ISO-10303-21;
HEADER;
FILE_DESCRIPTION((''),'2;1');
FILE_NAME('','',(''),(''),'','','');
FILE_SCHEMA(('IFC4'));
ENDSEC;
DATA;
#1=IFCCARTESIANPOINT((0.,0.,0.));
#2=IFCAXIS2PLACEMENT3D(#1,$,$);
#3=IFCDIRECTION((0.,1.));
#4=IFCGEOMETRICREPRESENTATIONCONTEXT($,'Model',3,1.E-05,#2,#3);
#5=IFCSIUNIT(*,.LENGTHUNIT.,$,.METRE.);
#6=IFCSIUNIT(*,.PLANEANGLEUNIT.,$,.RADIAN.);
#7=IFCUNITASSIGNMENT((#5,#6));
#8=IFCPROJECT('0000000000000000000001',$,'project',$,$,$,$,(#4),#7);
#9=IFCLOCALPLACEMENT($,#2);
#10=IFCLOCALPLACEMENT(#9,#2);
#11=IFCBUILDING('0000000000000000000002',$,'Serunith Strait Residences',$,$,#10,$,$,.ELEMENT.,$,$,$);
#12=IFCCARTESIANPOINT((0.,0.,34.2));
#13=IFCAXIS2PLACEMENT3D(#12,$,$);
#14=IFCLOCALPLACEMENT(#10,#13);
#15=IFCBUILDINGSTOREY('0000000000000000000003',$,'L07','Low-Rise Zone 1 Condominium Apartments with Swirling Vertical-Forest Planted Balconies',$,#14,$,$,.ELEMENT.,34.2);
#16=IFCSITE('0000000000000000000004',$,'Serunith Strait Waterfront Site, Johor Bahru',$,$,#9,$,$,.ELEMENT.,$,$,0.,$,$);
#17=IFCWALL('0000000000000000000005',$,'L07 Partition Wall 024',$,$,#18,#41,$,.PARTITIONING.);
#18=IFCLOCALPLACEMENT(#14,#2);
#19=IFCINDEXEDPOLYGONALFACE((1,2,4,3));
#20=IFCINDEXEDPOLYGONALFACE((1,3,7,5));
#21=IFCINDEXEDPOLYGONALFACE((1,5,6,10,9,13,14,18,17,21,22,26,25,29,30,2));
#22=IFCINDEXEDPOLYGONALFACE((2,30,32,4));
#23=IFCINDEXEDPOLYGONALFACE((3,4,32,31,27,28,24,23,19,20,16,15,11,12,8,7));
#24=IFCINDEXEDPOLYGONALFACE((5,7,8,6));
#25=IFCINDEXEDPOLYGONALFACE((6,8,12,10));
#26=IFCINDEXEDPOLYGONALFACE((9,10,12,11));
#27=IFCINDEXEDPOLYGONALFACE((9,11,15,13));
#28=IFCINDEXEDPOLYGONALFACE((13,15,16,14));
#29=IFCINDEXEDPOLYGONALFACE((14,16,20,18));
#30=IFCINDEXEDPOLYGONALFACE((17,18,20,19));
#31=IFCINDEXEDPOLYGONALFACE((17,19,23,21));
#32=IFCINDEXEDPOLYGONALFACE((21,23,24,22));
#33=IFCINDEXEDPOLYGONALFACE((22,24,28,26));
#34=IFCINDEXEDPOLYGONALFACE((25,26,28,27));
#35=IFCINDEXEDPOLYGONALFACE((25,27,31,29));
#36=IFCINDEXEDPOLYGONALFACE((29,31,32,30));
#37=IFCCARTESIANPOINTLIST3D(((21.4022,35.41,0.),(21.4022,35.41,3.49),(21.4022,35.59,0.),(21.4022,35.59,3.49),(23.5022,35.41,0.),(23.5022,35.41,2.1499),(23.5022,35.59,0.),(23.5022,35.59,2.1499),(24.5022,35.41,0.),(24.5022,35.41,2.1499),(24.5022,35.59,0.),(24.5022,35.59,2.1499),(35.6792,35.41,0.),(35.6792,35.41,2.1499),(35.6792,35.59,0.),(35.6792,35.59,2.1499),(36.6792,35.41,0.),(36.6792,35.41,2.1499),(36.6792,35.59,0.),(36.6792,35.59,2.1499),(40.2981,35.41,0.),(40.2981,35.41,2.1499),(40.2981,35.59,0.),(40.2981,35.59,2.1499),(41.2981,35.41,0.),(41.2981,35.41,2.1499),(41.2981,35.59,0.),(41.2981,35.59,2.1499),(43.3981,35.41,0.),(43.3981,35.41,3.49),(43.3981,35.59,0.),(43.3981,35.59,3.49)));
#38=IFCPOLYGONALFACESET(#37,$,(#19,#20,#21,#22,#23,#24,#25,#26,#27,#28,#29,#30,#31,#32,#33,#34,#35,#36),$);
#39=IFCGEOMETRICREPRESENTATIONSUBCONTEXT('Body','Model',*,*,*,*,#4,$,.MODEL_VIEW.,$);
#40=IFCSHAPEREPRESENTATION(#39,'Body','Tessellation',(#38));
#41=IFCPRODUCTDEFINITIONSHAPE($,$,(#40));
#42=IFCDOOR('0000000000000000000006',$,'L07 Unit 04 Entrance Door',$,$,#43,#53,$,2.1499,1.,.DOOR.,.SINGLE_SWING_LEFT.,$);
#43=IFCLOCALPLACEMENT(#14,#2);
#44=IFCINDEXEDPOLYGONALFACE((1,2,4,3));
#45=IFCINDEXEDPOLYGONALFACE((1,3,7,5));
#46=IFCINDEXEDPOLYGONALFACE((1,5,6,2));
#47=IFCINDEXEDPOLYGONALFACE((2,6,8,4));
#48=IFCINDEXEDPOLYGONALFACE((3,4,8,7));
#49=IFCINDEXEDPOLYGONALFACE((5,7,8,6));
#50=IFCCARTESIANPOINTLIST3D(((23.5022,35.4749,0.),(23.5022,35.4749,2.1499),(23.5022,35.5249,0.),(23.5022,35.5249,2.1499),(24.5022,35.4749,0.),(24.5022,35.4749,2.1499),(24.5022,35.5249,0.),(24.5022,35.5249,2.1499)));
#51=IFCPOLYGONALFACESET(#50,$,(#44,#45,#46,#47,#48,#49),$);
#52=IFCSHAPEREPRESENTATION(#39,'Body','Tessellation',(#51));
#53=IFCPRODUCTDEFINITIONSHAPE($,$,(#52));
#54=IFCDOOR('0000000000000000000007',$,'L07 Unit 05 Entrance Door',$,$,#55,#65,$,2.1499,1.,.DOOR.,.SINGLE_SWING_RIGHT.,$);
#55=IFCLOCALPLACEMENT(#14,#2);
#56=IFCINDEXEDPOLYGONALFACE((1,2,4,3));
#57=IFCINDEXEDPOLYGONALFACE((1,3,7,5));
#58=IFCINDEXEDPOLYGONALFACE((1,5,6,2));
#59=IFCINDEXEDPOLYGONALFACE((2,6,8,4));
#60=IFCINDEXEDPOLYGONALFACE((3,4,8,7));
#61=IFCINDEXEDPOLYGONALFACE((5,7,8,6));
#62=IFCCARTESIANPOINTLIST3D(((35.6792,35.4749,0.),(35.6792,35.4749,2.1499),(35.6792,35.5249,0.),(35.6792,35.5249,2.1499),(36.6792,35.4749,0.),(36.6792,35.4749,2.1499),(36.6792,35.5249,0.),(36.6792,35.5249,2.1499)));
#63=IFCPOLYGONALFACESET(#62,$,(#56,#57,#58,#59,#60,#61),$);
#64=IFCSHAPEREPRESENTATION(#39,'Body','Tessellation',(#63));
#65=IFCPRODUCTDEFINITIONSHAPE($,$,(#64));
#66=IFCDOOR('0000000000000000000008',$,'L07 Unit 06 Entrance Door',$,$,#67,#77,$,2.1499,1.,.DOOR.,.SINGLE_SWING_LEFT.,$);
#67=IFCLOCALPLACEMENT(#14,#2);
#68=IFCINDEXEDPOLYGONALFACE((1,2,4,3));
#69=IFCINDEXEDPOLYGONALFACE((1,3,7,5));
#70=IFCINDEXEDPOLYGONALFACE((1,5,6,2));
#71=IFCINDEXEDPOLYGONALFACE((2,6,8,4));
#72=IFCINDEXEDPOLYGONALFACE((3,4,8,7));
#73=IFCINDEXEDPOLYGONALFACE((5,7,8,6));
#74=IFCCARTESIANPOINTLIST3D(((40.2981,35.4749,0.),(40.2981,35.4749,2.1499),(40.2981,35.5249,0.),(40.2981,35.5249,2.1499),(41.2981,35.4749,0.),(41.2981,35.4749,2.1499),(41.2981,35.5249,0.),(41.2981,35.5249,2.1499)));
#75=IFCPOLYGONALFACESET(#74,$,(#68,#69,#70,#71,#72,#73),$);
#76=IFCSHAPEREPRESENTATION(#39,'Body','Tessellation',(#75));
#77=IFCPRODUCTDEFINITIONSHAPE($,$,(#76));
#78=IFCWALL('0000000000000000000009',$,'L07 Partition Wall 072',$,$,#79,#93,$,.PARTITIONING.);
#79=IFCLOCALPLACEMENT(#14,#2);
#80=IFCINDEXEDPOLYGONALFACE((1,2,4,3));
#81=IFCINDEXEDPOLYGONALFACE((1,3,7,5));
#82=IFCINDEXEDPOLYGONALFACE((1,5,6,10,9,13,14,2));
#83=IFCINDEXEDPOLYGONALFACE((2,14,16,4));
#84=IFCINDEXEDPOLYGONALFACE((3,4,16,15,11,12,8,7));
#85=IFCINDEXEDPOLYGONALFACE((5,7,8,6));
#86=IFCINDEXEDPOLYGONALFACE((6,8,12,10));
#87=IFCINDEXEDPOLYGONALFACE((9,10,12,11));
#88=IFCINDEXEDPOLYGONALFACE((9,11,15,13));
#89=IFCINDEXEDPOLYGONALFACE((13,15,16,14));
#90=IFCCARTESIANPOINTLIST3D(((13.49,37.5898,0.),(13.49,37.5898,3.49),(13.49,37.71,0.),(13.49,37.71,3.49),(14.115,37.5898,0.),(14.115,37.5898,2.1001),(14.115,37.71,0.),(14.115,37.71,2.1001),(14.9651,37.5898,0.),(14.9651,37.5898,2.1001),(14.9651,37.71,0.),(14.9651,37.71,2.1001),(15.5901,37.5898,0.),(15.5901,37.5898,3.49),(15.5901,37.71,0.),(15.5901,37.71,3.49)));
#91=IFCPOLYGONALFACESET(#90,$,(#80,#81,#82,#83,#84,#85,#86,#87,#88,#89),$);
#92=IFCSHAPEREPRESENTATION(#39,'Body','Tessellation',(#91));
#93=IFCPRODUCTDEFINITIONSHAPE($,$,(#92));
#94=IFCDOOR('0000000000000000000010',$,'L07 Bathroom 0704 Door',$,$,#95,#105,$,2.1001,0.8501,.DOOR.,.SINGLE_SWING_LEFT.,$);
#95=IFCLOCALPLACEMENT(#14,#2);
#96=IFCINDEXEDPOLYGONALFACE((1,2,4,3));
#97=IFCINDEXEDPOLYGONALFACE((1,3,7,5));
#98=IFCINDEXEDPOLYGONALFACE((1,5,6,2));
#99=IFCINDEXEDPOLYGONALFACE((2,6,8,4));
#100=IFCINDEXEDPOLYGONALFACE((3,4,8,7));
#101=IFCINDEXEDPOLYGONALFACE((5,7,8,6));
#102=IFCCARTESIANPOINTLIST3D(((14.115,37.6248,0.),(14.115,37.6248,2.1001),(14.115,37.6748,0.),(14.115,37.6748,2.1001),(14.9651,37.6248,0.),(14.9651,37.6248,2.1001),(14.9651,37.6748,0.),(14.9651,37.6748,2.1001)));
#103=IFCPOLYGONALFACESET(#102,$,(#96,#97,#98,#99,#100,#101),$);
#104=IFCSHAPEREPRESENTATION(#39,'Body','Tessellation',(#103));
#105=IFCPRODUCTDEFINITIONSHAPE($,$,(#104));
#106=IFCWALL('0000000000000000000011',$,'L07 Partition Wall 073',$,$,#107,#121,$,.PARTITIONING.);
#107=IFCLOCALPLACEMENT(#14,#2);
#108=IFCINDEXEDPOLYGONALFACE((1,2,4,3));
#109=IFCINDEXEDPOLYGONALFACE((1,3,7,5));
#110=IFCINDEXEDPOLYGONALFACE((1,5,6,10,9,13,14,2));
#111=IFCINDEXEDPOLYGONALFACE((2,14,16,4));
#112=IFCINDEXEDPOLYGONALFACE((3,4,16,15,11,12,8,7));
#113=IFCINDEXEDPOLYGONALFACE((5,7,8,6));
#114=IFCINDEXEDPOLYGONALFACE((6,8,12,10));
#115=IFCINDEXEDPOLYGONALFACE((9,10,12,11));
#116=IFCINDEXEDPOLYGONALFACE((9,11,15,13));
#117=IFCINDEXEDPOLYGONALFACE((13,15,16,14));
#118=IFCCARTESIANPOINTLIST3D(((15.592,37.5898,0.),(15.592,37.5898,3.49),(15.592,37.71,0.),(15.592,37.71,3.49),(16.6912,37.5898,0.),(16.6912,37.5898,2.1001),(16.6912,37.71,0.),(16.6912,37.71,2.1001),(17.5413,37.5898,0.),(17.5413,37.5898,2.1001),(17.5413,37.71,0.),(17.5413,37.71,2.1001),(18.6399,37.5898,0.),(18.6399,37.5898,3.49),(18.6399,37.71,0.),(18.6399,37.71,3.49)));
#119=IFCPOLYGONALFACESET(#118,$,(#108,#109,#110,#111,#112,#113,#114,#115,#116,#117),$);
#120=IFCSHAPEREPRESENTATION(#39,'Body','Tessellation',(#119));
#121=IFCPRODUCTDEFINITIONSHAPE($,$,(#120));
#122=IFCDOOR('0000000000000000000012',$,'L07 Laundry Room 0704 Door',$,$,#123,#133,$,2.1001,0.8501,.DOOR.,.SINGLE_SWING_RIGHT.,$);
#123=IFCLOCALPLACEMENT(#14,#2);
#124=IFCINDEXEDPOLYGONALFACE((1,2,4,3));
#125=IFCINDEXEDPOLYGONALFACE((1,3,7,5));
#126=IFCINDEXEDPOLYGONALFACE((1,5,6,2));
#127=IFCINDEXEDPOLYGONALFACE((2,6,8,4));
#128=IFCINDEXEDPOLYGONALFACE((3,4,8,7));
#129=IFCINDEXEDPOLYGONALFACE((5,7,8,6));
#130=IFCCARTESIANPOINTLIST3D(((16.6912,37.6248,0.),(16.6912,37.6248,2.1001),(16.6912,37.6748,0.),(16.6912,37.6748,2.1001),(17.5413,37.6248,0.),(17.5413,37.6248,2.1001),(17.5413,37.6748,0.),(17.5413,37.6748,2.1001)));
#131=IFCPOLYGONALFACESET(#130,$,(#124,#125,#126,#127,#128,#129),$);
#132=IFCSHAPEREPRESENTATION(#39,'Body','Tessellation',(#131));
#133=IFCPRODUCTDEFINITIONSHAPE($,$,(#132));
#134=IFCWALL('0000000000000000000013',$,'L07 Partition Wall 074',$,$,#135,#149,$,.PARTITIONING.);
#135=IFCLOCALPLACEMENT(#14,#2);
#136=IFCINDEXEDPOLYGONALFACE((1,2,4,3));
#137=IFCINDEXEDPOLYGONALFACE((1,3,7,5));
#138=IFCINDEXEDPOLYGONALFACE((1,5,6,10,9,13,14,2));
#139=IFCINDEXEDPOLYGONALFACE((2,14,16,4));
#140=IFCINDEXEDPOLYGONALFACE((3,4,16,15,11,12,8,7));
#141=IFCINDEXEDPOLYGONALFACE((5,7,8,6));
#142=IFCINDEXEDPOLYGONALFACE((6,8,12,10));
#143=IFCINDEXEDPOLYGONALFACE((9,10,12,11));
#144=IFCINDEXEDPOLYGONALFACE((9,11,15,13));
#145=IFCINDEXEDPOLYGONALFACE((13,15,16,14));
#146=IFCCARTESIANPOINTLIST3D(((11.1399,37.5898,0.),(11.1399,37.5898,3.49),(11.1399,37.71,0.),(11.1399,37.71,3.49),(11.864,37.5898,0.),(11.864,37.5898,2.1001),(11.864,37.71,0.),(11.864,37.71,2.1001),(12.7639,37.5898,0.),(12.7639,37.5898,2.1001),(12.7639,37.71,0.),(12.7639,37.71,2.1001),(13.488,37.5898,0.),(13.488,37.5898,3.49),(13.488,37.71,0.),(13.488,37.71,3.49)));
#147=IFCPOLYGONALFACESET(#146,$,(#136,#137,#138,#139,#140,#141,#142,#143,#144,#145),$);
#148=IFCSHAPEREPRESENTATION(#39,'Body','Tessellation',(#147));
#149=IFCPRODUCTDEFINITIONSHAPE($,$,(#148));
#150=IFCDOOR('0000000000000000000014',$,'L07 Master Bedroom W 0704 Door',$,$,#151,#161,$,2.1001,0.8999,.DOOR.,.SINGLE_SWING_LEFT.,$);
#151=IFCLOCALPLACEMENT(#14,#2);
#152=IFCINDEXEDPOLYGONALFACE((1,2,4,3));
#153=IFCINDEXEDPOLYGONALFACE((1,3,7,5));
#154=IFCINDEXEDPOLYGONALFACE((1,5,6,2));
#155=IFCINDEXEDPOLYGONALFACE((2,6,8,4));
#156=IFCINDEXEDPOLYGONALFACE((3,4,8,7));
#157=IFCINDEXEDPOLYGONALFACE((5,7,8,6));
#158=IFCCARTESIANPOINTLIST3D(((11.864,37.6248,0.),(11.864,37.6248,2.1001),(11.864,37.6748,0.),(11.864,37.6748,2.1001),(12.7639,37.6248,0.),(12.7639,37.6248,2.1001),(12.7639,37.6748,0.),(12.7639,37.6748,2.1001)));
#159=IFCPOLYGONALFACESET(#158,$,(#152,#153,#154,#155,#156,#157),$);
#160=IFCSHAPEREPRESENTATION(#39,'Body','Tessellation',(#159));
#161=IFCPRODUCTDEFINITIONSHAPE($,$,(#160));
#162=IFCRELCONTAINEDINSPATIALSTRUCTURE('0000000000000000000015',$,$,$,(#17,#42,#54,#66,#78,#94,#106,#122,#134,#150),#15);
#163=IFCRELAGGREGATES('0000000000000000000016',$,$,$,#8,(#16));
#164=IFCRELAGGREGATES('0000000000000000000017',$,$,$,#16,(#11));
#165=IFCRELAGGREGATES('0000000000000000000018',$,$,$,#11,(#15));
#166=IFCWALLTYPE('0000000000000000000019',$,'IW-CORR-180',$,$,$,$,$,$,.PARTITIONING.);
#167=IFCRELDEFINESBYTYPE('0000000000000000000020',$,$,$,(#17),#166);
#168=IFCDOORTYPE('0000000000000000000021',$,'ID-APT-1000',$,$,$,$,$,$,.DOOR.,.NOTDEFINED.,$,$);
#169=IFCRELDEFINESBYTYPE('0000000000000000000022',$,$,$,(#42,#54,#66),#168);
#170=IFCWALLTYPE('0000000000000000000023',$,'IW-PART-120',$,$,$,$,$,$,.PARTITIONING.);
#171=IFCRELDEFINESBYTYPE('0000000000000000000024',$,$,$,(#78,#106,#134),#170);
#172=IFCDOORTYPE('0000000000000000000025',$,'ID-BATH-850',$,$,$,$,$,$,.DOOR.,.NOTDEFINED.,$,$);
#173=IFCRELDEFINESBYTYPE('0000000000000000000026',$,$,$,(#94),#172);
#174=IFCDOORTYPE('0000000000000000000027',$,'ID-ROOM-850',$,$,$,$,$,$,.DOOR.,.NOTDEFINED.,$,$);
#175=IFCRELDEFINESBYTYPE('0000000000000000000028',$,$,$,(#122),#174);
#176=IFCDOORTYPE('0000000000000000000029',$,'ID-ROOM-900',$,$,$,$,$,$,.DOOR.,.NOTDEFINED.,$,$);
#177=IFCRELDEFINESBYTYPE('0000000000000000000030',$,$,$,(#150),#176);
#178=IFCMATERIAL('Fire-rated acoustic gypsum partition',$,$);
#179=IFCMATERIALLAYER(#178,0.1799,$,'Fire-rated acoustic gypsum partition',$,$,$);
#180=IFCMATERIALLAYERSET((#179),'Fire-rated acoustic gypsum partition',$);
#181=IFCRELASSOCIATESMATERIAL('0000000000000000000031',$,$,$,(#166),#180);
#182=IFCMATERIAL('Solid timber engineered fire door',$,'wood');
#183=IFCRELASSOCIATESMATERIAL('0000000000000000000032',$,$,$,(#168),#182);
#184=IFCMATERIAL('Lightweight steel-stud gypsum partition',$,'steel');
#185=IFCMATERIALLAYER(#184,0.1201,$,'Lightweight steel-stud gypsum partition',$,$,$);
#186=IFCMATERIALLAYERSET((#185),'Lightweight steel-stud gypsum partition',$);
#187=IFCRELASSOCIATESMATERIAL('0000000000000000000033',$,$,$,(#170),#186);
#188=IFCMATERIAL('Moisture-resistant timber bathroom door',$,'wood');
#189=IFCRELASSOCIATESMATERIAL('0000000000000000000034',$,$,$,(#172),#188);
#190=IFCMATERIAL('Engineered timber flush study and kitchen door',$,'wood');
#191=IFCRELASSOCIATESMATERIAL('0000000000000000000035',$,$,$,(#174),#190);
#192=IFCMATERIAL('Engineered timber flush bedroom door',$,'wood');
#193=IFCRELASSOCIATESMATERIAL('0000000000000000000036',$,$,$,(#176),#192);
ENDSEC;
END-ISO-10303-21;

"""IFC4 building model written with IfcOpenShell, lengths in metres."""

from ifc_helpers import new_model, si_unit, direction, frame, frame_2d, origin, place, context, subcontext, project, spatial, rectangle, extrude, source, transform, mapped, material, layer, layer_set, type_object, element, fill, save


model = new_model("IFC4")

# Units and contexts
model_context = context("Model", 3, precision=1e-05, world=origin(), true_north=direction((0.0, 1.0)))
body_context = subcontext(model_context, "Body", "Model", "MODEL_VIEW")
ifc_project = project(units=[si_unit("LENGTHUNIT", "METRE"), si_unit("PLANEANGLEUNIT", "RADIAN")], contexts=[model_context])

# Site, building, storey
site_placement = place(None, origin())
site = spatial("IfcSite", under=ifc_project, at=site_placement, Name="Serunith Strait Waterfront Site, Johor Bahru", CompositionType="ELEMENT", RefElevation=0.0)
building_placement = place(site_placement, origin())
building = spatial("IfcBuilding", under=site, at=building_placement, Name="Serunith Strait Residences", CompositionType="ELEMENT")
storey_placement = place(building_placement, frame((0.0, 0.0, 34.2)))
storey = spatial("IfcBuildingStorey", under=building, at=storey_placement, Name="L07", Description="Low-Rise Zone 1 Condominium Apartments with Swirling Vertical-Forest Planted Balconies", CompositionType="ELEMENT", Elevation=34.2)

# Wall, openings, doors
ifc_material_1 = material(Name="Fire-rated acoustic gypsum partition")
ifc_layer_1 = layer(ifc_material_1, 0.1799, Name="Fire-rated acoustic gypsum partition")
ifc_layer_set_1 = layer_set([ifc_layer_1], Name="Fire-rated acoustic gypsum partition")
wall_type_1 = type_object("IfcWallType", Name="IW-CORR-180", PredefinedType="PARTITIONING", material=ifc_layer_set_1)
wall_1_placement = place(storey_placement, frame((21.4021, 35.5, 0.0), z_axis=(0.0, 0.0, 1.0), x_axis=(1.0, 0.0, 0.0)))
wall_1 = element("IfcWall", 1, at=wall_1_placement, inside=storey, type_object=wall_type_1, Name="L07 Partition Wall 024", PredefinedType="PARTITIONING", context=body_context, shape_type="SweptSolid", body=[
    extrude(rectangle(XDim=21.9958, YDim=0.1799, at=frame_2d((10.998, 0.0))), origin(), (0.0, 0.0, 1.0), 3.49),
])
opening_1_placement = place(wall_1_placement, frame((2.1001, 0.0, 0.0)))
opening_1 = element("IfcOpeningElement", 2, at=opening_1_placement, cuts=wall_1, PredefinedType="OPENING", context=body_context, shape_type="SweptSolid", body=[
    extrude(rectangle(XDim=1.0, YDim=2.1499, at=frame_2d((0.5, 1.075))), frame((0.0, 0.1001, 0.0), z_axis=(0.0, -1.0, 0.0), x_axis=(1.0, 0.0, 0.0)), (0.0, 0.0, 1.0), 0.2),
])
opening_2_placement = place(wall_1_placement, frame((14.2771, 0.0, 0.0)))
opening_2 = element("IfcOpeningElement", 3, at=opening_2_placement, cuts=wall_1, PredefinedType="OPENING", context=body_context, shape_type="SweptSolid", body=[
    extrude(rectangle(XDim=1.0, YDim=2.1499, at=frame_2d((0.5, 1.075))), frame((0.0, 0.1001, 0.0), z_axis=(0.0, -1.0, 0.0), x_axis=(1.0, 0.0, 0.0)), (0.0, 0.0, 1.0), 0.2),
])
opening_3_placement = place(wall_1_placement, frame((18.896, 0.0, 0.0)))
opening_3 = element("IfcOpeningElement", 4, at=opening_3_placement, cuts=wall_1, PredefinedType="OPENING", context=body_context, shape_type="SweptSolid", body=[
    extrude(rectangle(XDim=1.0, YDim=2.1499, at=frame_2d((0.5, 1.075))), frame((0.0, 0.1001, 0.0), z_axis=(0.0, -1.0, 0.0), x_axis=(1.0, 0.0, 0.0)), (0.0, 0.0, 1.0), 0.2),
])
ifc_material_2 = material(Name="Solid timber engineered fire door", Category="wood")
door_type_1 = type_object("IfcDoorType", Name="ID-APT-1000", OperationType="NOTDEFINED", PredefinedType="DOOR", material=ifc_material_2)
shared_shape_1 = source(origin(), body_context, "Body", "SweptSolid", [
    extrude(rectangle(XDim=1.0, YDim=2.1499, at=frame_2d((0.5, 1.075))), frame((0.0, 0.0249, 0.0), z_axis=(0.0, -1.0, 0.0), x_axis=(1.0, 0.0, 0.0)), (0.0, 0.0, 1.0), 0.05),
])
door_1_placement = place(opening_1_placement, origin())
door_1 = element("IfcDoor", 5, at=door_1_placement, inside=storey, type_object=door_type_1, Name="L07 Unit 04 Entrance Door", OperationType="SINGLE_SWING_LEFT", OverallHeight=2.1499, OverallWidth=1.0, PredefinedType="DOOR", context=body_context, shape_type="MappedRepresentation", body=[
    mapped(shared_shape_1, transform((0.0, 0.0, 0.0), scale=1.0)),
])
fill(opening_1, door_1)
door_2_placement = place(opening_2_placement, origin())
door_2 = element("IfcDoor", 6, at=door_2_placement, inside=storey, type_object=door_type_1, Name="L07 Unit 05 Entrance Door", OperationType="SINGLE_SWING_RIGHT", OverallHeight=2.1499, OverallWidth=1.0, PredefinedType="DOOR", context=body_context, shape_type="MappedRepresentation", body=[
    mapped(shared_shape_1, transform((0.0, 0.0, 0.0), scale=1.0)),
])
fill(opening_2, door_2)
door_3_placement = place(opening_3_placement, origin())
door_3 = element("IfcDoor", 7, at=door_3_placement, inside=storey, type_object=door_type_1, Name="L07 Unit 06 Entrance Door", OperationType="SINGLE_SWING_LEFT", OverallHeight=2.1499, OverallWidth=1.0, PredefinedType="DOOR", context=body_context, shape_type="MappedRepresentation", body=[
    mapped(shared_shape_1, transform((0.0, 0.0, 0.0), scale=1.0)),
])
fill(opening_3, door_3)

# Walls, openings, doors
ifc_material_3 = material(Name="Lightweight steel-stud gypsum partition", Category="steel")
ifc_layer_2 = layer(ifc_material_3, 0.1201, Name="Lightweight steel-stud gypsum partition")
ifc_layer_set_2 = layer_set([ifc_layer_2], Name="Lightweight steel-stud gypsum partition")
wall_type_2 = type_object("IfcWallType", Name="IW-PART-120", PredefinedType="PARTITIONING", material=ifc_layer_set_2)
wall_2_placement = place(storey_placement, frame((13.49, 37.6499, 0.0), z_axis=(0.0, 0.0, 1.0), x_axis=(1.0, 0.0, 0.0)))
wall_2 = element("IfcWall", 8, at=wall_2_placement, inside=storey, type_object=wall_type_2, Name="L07 Partition Wall 072", PredefinedType="PARTITIONING", context=body_context, shape_type="SweptSolid", body=[
    extrude(rectangle(XDim=2.1001, YDim=0.1201, at=frame_2d((1.05, 0.0))), origin(), (0.0, 0.0, 1.0), 3.49),
])
opening_4_placement = place(wall_2_placement, frame((0.625, 0.0, 0.0)))
opening_4 = element("IfcOpeningElement", 9, at=opening_4_placement, cuts=wall_2, PredefinedType="OPENING", context=body_context, shape_type="SweptSolid", body=[
    extrude(rectangle(XDim=0.8501, YDim=2.1001, at=frame_2d((0.425, 1.05))), frame((0.0, 0.0701, 0.0), z_axis=(0.0, -1.0, 0.0), x_axis=(1.0, 0.0, 0.0)), (0.0, 0.0, 1.0), 0.1401),
])
ifc_material_4 = material(Name="Moisture-resistant timber bathroom door", Category="wood")
door_type_2 = type_object("IfcDoorType", Name="ID-BATH-850", OperationType="NOTDEFINED", PredefinedType="DOOR", material=ifc_material_4)
shared_shape_2 = source(origin(), body_context, "Body", "SweptSolid", [
    extrude(rectangle(XDim=0.8501, YDim=2.1001, at=frame_2d((0.425, 1.05))), frame((0.0, 0.0249, 0.0), z_axis=(0.0, -1.0, 0.0), x_axis=(1.0, 0.0, 0.0)), (0.0, 0.0, 1.0), 0.05),
])
door_4_placement = place(opening_4_placement, origin())
door_4 = element("IfcDoor", 10, at=door_4_placement, inside=storey, type_object=door_type_2, Name="L07 Bathroom 0704 Door", OperationType="SINGLE_SWING_LEFT", OverallHeight=2.1001, OverallWidth=0.8501, PredefinedType="DOOR", context=body_context, shape_type="MappedRepresentation", body=[
    mapped(shared_shape_2, transform((0.0, 0.0, 0.0), scale=1.0)),
])
fill(opening_4, door_4)
wall_3_placement = place(storey_placement, frame((15.592, 37.6499, 0.0), z_axis=(0.0, 0.0, 1.0), x_axis=(1.0, 0.0, 0.0)))
wall_3 = element("IfcWall", 11, at=wall_3_placement, inside=storey, type_object=wall_type_2, Name="L07 Partition Wall 073", PredefinedType="PARTITIONING", context=body_context, shape_type="SweptSolid", body=[
    extrude(rectangle(XDim=3.0479, YDim=0.1201, at=frame_2d((1.5239, 0.0))), origin(), (0.0, 0.0, 1.0), 3.49),
])
opening_5_placement = place(wall_3_placement, frame((1.0991, 0.0, 0.0)))
opening_5 = element("IfcOpeningElement", 12, at=opening_5_placement, cuts=wall_3, PredefinedType="OPENING", context=body_context, shape_type="SweptSolid", body=[
    extrude(rectangle(XDim=0.8501, YDim=2.1001, at=frame_2d((0.425, 1.05))), frame((0.0, 0.0701, 0.0), z_axis=(0.0, -1.0, 0.0), x_axis=(1.0, 0.0, 0.0)), (0.0, 0.0, 1.0), 0.1401),
])
ifc_material_5 = material(Name="Engineered timber flush study and kitchen door", Category="wood")
door_type_3 = type_object("IfcDoorType", Name="ID-ROOM-850", OperationType="NOTDEFINED", PredefinedType="DOOR", material=ifc_material_5)
door_5_placement = place(opening_5_placement, origin())
door_5 = element("IfcDoor", 13, at=door_5_placement, inside=storey, type_object=door_type_3, Name="L07 Laundry Room 0704 Door", OperationType="SINGLE_SWING_RIGHT", OverallHeight=2.1001, OverallWidth=0.8501, PredefinedType="DOOR", context=body_context, shape_type="MappedRepresentation", body=[
    mapped(shared_shape_2, transform((0.0, 0.0, 0.0), scale=1.0)),
])
fill(opening_5, door_5)
wall_4_placement = place(storey_placement, frame((11.1399, 37.6499, 0.0), z_axis=(0.0, 0.0, 1.0), x_axis=(1.0, 0.0, 0.0)))
wall_4 = element("IfcWall", 14, at=wall_4_placement, inside=storey, type_object=wall_type_2, Name="L07 Partition Wall 074", PredefinedType="PARTITIONING", context=body_context, shape_type="SweptSolid", body=[
    extrude(rectangle(XDim=2.3481, YDim=0.1201, at=frame_2d((1.1741, 0.0))), origin(), (0.0, 0.0, 1.0), 3.49),
])
opening_6_placement = place(wall_4_placement, frame((0.7241, 0.0, 0.0)))
opening_6 = element("IfcOpeningElement", 15, at=opening_6_placement, cuts=wall_4, PredefinedType="OPENING", context=body_context, shape_type="SweptSolid", body=[
    extrude(rectangle(XDim=0.8999, YDim=2.1001, at=frame_2d((0.45, 1.05))), frame((0.0, 0.0701, 0.0), z_axis=(0.0, -1.0, 0.0), x_axis=(1.0, 0.0, 0.0)), (0.0, 0.0, 1.0), 0.1401),
])
ifc_material_6 = material(Name="Engineered timber flush bedroom door", Category="wood")
door_type_4 = type_object("IfcDoorType", Name="ID-ROOM-900", OperationType="NOTDEFINED", PredefinedType="DOOR", material=ifc_material_6)
shared_shape_3 = source(origin(), body_context, "Body", "SweptSolid", [
    extrude(rectangle(XDim=0.8999, YDim=2.1001, at=frame_2d((0.45, 1.05))), frame((0.0, 0.0249, 0.0), z_axis=(0.0, -1.0, 0.0), x_axis=(1.0, 0.0, 0.0)), (0.0, 0.0, 1.0), 0.05),
])
door_6_placement = place(opening_6_placement, origin())
door_6 = element("IfcDoor", 16, at=door_6_placement, inside=storey, type_object=door_type_4, Name="L07 Master Bedroom W 0704 Door", OperationType="SINGLE_SWING_LEFT", OverallHeight=2.1001, OverallWidth=0.8999, PredefinedType="DOOR", context=body_context, shape_type="MappedRepresentation", body=[
    mapped(shared_shape_3, transform((0.0, 0.0, 0.0), scale=1.0)),
])
fill(opening_6, door_6)

save(model, "model.ifc")
